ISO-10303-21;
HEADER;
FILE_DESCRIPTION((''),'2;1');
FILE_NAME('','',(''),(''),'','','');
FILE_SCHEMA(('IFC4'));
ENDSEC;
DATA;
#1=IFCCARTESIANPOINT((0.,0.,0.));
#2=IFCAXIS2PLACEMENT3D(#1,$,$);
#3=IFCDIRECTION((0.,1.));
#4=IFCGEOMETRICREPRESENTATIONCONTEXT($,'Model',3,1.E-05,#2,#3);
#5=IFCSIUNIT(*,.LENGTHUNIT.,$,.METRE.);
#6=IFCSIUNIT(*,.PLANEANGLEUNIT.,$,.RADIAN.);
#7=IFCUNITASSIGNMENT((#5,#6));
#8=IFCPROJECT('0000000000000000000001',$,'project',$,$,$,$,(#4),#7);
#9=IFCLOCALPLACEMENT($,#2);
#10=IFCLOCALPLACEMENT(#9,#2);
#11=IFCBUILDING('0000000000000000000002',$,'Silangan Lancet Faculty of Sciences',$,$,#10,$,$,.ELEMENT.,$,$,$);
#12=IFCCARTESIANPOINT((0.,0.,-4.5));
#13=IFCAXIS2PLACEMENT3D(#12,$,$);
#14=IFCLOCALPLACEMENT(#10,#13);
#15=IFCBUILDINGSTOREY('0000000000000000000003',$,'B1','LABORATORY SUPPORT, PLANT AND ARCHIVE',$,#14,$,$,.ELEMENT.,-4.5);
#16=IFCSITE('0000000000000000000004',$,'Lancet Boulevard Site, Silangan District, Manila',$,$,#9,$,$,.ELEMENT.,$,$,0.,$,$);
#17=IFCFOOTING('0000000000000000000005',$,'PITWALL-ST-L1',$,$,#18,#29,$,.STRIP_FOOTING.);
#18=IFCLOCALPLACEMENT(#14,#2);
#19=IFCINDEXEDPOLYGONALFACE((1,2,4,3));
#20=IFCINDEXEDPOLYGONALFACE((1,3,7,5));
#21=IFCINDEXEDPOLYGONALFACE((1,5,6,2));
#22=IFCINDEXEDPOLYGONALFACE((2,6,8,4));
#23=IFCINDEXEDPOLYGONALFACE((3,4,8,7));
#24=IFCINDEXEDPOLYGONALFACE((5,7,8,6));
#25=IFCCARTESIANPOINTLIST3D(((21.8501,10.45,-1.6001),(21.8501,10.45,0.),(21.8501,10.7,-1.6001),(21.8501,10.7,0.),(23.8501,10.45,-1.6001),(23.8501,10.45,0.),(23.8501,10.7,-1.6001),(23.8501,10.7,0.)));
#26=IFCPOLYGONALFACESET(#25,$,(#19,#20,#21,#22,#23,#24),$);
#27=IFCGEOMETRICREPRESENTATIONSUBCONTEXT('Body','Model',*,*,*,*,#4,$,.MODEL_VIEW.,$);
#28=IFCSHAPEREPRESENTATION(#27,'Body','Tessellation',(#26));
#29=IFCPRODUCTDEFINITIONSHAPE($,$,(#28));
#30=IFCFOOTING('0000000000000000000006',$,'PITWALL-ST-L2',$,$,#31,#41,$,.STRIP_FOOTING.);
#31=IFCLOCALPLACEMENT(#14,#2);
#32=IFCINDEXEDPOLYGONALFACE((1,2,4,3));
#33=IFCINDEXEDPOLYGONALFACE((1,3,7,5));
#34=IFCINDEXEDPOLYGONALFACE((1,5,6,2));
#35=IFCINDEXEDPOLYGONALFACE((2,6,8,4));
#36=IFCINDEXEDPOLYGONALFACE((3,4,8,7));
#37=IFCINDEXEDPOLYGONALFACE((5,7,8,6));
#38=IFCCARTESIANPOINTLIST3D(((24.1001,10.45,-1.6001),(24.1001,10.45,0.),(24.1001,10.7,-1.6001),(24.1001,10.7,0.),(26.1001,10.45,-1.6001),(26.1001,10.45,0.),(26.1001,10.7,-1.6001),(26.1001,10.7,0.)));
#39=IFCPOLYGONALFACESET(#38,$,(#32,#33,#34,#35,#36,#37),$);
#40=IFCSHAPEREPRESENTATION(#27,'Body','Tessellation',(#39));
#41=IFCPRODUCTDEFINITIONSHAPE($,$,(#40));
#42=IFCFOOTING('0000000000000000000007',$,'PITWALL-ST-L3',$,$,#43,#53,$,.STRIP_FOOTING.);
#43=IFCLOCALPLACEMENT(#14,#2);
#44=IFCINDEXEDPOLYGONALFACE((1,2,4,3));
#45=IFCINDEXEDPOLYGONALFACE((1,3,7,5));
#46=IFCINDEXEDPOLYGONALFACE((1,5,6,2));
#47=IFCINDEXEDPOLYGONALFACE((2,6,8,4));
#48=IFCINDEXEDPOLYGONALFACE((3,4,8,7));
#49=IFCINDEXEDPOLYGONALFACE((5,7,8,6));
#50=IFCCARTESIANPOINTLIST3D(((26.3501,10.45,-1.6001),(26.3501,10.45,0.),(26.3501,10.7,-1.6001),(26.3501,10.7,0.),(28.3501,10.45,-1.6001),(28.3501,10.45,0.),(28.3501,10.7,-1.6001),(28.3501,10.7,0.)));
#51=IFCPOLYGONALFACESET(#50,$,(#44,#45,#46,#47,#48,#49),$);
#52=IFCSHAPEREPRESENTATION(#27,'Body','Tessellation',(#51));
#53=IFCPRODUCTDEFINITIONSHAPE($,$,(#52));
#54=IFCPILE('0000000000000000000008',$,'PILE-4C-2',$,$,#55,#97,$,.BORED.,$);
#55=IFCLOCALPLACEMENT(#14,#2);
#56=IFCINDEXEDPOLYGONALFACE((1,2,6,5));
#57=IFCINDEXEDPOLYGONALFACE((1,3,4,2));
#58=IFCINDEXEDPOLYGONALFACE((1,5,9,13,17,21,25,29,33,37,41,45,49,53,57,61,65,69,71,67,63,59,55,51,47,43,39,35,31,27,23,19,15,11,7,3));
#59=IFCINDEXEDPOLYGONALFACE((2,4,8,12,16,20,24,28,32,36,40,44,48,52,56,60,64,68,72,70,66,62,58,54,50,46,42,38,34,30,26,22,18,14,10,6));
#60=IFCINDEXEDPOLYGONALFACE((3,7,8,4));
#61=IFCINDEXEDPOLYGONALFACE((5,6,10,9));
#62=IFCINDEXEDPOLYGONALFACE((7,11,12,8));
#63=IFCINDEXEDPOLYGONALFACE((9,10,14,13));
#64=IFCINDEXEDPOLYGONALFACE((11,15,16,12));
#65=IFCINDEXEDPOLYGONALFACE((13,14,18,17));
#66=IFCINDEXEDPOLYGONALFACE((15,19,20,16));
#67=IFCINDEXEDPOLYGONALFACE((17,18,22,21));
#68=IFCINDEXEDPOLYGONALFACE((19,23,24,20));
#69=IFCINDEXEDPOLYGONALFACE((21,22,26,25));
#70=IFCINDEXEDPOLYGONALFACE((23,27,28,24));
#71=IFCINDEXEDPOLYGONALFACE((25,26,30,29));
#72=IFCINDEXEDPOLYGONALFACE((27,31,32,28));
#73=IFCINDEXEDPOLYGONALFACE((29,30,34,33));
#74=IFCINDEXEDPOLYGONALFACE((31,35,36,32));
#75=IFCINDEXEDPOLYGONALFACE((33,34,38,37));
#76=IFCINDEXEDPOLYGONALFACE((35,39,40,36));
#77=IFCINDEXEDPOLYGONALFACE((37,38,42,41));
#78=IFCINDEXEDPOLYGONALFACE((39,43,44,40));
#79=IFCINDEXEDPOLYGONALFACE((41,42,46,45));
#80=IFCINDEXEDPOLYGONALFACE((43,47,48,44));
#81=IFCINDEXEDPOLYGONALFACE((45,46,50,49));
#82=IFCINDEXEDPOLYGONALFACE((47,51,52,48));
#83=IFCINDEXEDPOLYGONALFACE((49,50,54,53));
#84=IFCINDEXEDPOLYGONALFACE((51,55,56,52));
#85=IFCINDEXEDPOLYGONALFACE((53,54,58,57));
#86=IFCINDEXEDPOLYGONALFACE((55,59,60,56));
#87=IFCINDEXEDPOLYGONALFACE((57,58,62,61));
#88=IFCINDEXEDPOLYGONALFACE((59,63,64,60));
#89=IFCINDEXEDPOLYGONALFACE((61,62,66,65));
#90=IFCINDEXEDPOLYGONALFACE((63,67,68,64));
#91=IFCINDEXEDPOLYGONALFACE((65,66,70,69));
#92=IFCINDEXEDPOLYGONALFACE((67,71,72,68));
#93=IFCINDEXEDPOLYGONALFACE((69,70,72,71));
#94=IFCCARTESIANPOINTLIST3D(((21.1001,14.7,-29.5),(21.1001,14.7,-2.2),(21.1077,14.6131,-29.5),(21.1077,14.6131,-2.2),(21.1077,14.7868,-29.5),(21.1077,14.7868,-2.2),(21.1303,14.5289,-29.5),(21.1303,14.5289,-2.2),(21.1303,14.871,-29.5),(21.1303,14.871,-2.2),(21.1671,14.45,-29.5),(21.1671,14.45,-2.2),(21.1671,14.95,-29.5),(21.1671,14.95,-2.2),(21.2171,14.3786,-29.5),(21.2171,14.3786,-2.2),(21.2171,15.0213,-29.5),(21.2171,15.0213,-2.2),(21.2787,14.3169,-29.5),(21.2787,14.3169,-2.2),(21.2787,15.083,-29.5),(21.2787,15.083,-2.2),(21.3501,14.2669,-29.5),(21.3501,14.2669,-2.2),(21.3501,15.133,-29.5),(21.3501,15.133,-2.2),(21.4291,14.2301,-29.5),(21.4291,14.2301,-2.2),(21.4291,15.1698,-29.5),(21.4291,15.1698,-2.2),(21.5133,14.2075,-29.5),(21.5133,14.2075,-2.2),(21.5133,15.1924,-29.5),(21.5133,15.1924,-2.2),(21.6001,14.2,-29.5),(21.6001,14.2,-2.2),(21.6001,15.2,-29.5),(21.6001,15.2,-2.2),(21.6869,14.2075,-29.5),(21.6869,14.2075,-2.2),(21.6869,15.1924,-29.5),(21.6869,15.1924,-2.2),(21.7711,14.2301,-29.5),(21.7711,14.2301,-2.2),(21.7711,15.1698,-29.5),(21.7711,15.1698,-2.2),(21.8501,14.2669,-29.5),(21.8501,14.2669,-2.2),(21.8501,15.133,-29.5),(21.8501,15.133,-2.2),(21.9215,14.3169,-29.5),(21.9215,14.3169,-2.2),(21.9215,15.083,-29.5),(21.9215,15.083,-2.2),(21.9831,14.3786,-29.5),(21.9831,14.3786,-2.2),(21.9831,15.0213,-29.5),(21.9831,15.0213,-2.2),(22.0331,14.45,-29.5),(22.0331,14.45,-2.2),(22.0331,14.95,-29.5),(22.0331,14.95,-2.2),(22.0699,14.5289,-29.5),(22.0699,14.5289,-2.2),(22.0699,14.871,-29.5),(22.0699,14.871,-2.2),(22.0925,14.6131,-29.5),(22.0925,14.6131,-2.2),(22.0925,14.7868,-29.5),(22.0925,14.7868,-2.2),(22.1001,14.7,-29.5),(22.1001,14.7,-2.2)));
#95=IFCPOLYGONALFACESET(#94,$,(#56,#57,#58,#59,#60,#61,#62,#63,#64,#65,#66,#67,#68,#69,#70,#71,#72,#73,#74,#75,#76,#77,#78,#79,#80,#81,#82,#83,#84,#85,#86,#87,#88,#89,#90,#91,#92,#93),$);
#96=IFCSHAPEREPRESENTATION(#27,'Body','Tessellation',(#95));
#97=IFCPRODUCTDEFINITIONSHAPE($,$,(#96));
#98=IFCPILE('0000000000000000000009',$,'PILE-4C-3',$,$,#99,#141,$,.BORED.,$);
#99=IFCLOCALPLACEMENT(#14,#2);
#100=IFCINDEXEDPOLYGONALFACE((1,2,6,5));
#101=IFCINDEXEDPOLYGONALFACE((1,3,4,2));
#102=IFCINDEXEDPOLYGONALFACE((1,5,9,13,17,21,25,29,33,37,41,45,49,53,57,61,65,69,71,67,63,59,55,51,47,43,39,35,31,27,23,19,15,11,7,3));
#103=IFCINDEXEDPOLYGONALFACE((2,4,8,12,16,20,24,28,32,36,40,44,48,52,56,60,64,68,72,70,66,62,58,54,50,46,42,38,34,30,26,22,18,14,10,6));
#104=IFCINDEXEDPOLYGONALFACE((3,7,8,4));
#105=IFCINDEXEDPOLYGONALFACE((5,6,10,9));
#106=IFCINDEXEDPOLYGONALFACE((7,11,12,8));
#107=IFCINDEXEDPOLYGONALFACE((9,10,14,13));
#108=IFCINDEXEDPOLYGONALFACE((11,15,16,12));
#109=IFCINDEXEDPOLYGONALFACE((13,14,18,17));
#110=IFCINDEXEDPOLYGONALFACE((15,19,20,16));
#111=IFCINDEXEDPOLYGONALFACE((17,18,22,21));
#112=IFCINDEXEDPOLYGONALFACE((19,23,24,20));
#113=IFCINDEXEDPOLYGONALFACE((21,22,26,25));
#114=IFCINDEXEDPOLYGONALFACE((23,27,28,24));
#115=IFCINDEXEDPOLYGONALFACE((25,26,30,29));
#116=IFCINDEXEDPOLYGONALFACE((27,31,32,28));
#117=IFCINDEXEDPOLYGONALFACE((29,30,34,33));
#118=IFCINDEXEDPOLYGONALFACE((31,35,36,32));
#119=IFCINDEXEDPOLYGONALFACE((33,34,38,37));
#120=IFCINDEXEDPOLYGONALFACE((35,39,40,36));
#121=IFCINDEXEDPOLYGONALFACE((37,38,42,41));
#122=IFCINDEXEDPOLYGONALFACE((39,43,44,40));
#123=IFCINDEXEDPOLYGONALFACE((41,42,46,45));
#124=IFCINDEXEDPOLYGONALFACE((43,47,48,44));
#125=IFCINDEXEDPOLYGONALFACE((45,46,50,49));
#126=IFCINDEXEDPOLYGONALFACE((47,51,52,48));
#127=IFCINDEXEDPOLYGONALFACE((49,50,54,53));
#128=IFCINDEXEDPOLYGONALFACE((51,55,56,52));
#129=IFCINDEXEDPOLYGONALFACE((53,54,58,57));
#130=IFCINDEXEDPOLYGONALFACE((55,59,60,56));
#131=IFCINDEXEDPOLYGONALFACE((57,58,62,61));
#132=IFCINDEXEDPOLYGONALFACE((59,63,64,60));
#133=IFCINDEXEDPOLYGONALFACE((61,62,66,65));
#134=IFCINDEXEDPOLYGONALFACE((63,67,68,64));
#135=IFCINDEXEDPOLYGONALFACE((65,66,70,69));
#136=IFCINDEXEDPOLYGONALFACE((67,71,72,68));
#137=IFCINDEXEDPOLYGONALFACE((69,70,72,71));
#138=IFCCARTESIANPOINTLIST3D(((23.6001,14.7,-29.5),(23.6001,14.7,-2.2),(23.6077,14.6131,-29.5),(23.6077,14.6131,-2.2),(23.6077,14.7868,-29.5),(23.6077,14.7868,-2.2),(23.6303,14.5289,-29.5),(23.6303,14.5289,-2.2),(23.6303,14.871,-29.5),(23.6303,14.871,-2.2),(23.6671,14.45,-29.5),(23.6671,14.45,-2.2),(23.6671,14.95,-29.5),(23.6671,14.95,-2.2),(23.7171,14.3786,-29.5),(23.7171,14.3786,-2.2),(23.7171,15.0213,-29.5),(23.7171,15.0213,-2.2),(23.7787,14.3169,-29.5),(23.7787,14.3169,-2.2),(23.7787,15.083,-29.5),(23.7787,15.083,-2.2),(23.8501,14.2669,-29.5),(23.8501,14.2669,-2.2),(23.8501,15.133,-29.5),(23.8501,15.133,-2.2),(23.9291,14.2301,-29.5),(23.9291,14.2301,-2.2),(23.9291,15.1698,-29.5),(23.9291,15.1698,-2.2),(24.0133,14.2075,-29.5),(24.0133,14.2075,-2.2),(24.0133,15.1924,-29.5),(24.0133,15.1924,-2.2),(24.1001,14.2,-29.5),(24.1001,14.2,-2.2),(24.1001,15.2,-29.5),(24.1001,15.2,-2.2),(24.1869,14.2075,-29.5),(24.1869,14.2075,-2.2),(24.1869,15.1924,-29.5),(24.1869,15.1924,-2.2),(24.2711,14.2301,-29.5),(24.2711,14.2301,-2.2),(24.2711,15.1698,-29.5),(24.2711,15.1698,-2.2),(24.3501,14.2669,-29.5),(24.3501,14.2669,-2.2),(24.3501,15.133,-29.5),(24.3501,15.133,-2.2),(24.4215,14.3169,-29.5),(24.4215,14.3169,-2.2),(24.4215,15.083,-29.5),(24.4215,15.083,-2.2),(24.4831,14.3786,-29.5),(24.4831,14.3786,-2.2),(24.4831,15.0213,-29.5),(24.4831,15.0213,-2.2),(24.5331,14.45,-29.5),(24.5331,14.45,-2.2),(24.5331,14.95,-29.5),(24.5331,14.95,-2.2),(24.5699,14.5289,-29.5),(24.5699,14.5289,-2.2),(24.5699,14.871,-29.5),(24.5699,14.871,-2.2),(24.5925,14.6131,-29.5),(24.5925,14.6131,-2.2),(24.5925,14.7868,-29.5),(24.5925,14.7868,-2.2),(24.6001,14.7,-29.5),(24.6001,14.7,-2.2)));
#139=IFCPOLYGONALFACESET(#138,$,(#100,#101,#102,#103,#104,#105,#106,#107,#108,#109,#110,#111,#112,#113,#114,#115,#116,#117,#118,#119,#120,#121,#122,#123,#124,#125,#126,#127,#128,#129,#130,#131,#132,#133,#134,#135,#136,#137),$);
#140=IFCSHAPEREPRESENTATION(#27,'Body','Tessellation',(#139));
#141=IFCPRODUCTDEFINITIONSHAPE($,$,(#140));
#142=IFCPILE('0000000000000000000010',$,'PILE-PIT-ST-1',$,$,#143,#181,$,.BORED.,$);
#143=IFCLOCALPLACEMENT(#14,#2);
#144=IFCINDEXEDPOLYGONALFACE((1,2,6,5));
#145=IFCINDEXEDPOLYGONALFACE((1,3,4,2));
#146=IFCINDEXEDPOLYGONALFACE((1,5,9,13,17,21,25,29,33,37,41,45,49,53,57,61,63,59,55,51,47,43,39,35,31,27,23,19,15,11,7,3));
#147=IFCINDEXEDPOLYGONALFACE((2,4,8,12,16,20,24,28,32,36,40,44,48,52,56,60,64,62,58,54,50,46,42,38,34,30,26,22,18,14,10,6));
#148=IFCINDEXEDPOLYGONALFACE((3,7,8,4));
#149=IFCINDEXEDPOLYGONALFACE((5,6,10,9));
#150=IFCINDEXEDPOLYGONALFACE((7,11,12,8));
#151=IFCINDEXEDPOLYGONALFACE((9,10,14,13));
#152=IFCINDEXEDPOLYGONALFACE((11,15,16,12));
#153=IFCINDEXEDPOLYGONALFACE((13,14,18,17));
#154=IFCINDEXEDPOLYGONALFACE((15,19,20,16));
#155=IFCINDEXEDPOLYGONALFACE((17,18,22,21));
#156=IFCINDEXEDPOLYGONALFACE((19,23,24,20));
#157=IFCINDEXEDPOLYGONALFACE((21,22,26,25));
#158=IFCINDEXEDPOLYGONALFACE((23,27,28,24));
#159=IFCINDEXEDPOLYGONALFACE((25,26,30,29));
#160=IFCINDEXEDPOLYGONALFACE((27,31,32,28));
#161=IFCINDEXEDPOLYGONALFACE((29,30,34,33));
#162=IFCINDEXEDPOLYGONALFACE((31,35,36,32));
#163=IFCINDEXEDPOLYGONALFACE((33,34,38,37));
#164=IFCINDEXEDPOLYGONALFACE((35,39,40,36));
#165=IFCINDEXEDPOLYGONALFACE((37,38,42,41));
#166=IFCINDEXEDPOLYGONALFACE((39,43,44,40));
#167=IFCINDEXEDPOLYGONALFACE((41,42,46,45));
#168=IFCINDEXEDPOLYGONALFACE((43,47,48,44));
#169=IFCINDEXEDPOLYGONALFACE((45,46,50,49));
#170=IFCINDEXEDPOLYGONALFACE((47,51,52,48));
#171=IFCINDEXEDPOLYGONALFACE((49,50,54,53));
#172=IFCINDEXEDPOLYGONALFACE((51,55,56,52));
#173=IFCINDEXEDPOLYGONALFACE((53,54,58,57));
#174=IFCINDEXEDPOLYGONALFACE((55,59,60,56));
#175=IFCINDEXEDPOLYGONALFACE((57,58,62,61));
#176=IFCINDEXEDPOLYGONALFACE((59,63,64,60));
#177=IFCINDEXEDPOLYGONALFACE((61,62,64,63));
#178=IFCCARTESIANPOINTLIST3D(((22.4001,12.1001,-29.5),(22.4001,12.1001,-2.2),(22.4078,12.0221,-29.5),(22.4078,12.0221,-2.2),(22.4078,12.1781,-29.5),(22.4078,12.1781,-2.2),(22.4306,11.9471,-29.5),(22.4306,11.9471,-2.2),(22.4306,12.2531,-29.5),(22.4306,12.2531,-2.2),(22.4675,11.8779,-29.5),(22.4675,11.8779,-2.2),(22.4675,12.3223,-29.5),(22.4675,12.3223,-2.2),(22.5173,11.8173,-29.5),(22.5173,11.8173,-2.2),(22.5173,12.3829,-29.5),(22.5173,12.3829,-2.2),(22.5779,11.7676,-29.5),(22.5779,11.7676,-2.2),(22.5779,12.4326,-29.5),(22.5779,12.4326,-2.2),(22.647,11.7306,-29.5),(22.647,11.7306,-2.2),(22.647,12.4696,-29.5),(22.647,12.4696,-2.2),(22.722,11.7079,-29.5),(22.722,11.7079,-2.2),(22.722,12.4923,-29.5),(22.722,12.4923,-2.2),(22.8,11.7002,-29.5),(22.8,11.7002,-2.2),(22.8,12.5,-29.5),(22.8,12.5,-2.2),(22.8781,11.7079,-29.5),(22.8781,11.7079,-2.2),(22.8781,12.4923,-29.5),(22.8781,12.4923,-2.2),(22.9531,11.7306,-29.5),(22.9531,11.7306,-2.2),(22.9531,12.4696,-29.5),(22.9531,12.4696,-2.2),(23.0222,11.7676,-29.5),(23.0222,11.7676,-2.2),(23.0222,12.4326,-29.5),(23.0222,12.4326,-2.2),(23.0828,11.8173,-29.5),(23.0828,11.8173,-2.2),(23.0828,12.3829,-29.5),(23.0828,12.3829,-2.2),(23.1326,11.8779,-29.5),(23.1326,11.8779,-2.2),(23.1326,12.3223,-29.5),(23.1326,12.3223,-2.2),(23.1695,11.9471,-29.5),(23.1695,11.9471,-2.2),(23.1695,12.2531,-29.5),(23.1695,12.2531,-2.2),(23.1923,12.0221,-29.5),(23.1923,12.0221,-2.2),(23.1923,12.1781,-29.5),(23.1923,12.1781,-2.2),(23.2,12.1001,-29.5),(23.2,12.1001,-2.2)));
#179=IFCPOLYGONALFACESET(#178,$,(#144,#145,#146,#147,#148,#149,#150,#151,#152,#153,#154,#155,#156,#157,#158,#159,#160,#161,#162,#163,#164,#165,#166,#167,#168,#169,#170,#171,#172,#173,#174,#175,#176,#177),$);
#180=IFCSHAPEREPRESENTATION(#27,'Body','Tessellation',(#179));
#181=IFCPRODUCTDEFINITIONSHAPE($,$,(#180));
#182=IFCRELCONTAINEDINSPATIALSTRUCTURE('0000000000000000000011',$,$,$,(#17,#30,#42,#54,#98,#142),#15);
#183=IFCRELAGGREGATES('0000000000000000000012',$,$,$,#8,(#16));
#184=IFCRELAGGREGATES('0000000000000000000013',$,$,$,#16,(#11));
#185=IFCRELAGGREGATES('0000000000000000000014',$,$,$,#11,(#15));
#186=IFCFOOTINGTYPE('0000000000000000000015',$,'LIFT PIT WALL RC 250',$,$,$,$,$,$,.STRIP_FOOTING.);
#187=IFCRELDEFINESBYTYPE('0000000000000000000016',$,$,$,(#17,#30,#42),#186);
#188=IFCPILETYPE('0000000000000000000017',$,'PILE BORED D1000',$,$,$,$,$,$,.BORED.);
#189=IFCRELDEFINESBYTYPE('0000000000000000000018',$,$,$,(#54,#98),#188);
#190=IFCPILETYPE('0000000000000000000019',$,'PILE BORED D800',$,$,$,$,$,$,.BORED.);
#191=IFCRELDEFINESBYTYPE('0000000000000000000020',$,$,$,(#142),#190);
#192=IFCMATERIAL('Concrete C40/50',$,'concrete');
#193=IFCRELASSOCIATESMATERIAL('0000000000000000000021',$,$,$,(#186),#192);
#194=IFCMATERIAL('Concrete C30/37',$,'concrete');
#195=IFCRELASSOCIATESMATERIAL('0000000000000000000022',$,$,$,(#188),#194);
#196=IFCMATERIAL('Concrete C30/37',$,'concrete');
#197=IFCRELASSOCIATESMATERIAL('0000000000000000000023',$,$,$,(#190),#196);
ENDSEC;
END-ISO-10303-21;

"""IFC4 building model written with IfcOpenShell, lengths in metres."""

from ifc_helpers import new_model, si_unit, direction, frame, origin, origin_2d, place, context, subcontext, project, spatial, rectangle, circle, extrude, material, material_profile, profile_set, type_object, element, save


model = new_model("IFC4")

# Units and contexts
model_context = context("Model", 3, precision=1e-05, world=origin(), true_north=direction((0.0, 1.0)))
body_context = subcontext(model_context, "Body", "Model", "MODEL_VIEW")
ifc_project = project(units=[si_unit("LENGTHUNIT", "METRE"), si_unit("PLANEANGLEUNIT", "RADIAN")], contexts=[model_context])

# Site, building, storey
site_placement = place(None, origin())
site = spatial("IfcSite", under=ifc_project, at=site_placement, Name="Lancet Boulevard Site, Silangan District, Manila", CompositionType="ELEMENT", RefElevation=0.0)
building_placement = place(site_placement, origin())
building = spatial("IfcBuilding", under=site, at=building_placement, Name="Silangan Lancet Faculty of Sciences", CompositionType="ELEMENT")
storey_placement = place(building_placement, frame((0.0, 0.0, -4.5)))
storey = spatial("IfcBuildingStorey", under=building, at=storey_placement, Name="B1", Description="LABORATORY SUPPORT, PLANT AND ARCHIVE", CompositionType="ELEMENT", Elevation=-4.5)

# Footings
ifc_material_1 = material(Name="Concrete C40/50", Category="concrete")
footing_type_1 = type_object("IfcFootingType", Name="LIFT PIT WALL RC 250", PredefinedType="STRIP_FOOTING", material=ifc_material_1)
for number, where, z_axis, x_axis, name in (
    (1, (22.8501, 10.575, -1.6001), (0.0, 0.0, 1.0), (1.0, 0.0, 0.0), "PITWALL-ST-L1"),
    (2, (25.1001, 10.575, -1.6001), (0.0, 0.0, 1.0), (1.0, 0.0, 0.0), "PITWALL-ST-L2"),
    (3, (27.3501, 10.575, -1.6001), (0.0, 0.0, 1.0), (1.0, 0.0, 0.0), "PITWALL-ST-L3"),
):
    element("IfcFooting", number, at=place(storey_placement, frame(where, z_axis=z_axis, x_axis=x_axis)), inside=storey, type_object=footing_type_1, Name=name, PredefinedType="STRIP_FOOTING", context=body_context, shape_type="SweptSolid", body=[
        extrude(rectangle(XDim=2.0, YDim=0.25, at=origin_2d()), origin(), (0.0, 0.0, 1.0), 1.6001),
    ])

# Piles
ifc_material_2 = material(Name="Concrete C30/37", Category="concrete")
ifc_material_profile_1 = material_profile(ifc_material_2, circle(Radius=0.5, at=origin_2d()), Name="BORED PILE D1000")
ifc_profile_set_1 = profile_set([ifc_material_profile_1], Name="Concrete C30/37")
pile_type_1 = type_object("IfcPileType", Name="PILE BORED D1000", PredefinedType="BORED", material=ifc_profile_set_1)
for number, where, z_axis, x_axis, name in (
    (4, (21.6001, 14.7, -2.2), (0.0, 0.0, -1.0), (1.0, 0.0, 0.0), "PILE-4C-2"),
    (5, (24.1001, 14.7, -2.2), (0.0, 0.0, -1.0), (1.0, 0.0, 0.0), "PILE-4C-3"),
):
    element("IfcPile", number, at=place(storey_placement, frame(where, z_axis=z_axis, x_axis=x_axis)), inside=storey, type_object=pile_type_1, Name=name, PredefinedType="BORED", context=body_context, shape_type="SweptSolid", body=[
        extrude(circle(Radius=0.5, at=origin_2d()), origin(), (0.0, 0.0, 1.0), 27.3),
    ])
ifc_material_3 = material(Name="Concrete C30/37", Category="concrete")
ifc_material_profile_2 = material_profile(ifc_material_3, circle(Radius=0.3999, at=origin_2d()), Name="BORED PILE D800")
ifc_profile_set_2 = profile_set([ifc_material_profile_2], Name="Concrete C30/37")
pile_type_2 = type_object("IfcPileType", Name="PILE BORED D800", PredefinedType="BORED", material=ifc_profile_set_2)
for number, where, z_axis, x_axis, name in (
    (6, (22.8, 12.1001, -2.2), (0.0, 0.0, -1.0), (1.0, 0.0, 0.0), "PILE-PIT-ST-1"),
):
    element("IfcPile", number, at=place(storey_placement, frame(where, z_axis=z_axis, x_axis=x_axis)), inside=storey, type_object=pile_type_2, Name=name, PredefinedType="BORED", context=body_context, shape_type="SweptSolid", body=[
        extrude(circle(Radius=0.3999, at=origin_2d()), origin(), (0.0, 0.0, 1.0), 27.3),
    ])

save(model, "model.ifc")
